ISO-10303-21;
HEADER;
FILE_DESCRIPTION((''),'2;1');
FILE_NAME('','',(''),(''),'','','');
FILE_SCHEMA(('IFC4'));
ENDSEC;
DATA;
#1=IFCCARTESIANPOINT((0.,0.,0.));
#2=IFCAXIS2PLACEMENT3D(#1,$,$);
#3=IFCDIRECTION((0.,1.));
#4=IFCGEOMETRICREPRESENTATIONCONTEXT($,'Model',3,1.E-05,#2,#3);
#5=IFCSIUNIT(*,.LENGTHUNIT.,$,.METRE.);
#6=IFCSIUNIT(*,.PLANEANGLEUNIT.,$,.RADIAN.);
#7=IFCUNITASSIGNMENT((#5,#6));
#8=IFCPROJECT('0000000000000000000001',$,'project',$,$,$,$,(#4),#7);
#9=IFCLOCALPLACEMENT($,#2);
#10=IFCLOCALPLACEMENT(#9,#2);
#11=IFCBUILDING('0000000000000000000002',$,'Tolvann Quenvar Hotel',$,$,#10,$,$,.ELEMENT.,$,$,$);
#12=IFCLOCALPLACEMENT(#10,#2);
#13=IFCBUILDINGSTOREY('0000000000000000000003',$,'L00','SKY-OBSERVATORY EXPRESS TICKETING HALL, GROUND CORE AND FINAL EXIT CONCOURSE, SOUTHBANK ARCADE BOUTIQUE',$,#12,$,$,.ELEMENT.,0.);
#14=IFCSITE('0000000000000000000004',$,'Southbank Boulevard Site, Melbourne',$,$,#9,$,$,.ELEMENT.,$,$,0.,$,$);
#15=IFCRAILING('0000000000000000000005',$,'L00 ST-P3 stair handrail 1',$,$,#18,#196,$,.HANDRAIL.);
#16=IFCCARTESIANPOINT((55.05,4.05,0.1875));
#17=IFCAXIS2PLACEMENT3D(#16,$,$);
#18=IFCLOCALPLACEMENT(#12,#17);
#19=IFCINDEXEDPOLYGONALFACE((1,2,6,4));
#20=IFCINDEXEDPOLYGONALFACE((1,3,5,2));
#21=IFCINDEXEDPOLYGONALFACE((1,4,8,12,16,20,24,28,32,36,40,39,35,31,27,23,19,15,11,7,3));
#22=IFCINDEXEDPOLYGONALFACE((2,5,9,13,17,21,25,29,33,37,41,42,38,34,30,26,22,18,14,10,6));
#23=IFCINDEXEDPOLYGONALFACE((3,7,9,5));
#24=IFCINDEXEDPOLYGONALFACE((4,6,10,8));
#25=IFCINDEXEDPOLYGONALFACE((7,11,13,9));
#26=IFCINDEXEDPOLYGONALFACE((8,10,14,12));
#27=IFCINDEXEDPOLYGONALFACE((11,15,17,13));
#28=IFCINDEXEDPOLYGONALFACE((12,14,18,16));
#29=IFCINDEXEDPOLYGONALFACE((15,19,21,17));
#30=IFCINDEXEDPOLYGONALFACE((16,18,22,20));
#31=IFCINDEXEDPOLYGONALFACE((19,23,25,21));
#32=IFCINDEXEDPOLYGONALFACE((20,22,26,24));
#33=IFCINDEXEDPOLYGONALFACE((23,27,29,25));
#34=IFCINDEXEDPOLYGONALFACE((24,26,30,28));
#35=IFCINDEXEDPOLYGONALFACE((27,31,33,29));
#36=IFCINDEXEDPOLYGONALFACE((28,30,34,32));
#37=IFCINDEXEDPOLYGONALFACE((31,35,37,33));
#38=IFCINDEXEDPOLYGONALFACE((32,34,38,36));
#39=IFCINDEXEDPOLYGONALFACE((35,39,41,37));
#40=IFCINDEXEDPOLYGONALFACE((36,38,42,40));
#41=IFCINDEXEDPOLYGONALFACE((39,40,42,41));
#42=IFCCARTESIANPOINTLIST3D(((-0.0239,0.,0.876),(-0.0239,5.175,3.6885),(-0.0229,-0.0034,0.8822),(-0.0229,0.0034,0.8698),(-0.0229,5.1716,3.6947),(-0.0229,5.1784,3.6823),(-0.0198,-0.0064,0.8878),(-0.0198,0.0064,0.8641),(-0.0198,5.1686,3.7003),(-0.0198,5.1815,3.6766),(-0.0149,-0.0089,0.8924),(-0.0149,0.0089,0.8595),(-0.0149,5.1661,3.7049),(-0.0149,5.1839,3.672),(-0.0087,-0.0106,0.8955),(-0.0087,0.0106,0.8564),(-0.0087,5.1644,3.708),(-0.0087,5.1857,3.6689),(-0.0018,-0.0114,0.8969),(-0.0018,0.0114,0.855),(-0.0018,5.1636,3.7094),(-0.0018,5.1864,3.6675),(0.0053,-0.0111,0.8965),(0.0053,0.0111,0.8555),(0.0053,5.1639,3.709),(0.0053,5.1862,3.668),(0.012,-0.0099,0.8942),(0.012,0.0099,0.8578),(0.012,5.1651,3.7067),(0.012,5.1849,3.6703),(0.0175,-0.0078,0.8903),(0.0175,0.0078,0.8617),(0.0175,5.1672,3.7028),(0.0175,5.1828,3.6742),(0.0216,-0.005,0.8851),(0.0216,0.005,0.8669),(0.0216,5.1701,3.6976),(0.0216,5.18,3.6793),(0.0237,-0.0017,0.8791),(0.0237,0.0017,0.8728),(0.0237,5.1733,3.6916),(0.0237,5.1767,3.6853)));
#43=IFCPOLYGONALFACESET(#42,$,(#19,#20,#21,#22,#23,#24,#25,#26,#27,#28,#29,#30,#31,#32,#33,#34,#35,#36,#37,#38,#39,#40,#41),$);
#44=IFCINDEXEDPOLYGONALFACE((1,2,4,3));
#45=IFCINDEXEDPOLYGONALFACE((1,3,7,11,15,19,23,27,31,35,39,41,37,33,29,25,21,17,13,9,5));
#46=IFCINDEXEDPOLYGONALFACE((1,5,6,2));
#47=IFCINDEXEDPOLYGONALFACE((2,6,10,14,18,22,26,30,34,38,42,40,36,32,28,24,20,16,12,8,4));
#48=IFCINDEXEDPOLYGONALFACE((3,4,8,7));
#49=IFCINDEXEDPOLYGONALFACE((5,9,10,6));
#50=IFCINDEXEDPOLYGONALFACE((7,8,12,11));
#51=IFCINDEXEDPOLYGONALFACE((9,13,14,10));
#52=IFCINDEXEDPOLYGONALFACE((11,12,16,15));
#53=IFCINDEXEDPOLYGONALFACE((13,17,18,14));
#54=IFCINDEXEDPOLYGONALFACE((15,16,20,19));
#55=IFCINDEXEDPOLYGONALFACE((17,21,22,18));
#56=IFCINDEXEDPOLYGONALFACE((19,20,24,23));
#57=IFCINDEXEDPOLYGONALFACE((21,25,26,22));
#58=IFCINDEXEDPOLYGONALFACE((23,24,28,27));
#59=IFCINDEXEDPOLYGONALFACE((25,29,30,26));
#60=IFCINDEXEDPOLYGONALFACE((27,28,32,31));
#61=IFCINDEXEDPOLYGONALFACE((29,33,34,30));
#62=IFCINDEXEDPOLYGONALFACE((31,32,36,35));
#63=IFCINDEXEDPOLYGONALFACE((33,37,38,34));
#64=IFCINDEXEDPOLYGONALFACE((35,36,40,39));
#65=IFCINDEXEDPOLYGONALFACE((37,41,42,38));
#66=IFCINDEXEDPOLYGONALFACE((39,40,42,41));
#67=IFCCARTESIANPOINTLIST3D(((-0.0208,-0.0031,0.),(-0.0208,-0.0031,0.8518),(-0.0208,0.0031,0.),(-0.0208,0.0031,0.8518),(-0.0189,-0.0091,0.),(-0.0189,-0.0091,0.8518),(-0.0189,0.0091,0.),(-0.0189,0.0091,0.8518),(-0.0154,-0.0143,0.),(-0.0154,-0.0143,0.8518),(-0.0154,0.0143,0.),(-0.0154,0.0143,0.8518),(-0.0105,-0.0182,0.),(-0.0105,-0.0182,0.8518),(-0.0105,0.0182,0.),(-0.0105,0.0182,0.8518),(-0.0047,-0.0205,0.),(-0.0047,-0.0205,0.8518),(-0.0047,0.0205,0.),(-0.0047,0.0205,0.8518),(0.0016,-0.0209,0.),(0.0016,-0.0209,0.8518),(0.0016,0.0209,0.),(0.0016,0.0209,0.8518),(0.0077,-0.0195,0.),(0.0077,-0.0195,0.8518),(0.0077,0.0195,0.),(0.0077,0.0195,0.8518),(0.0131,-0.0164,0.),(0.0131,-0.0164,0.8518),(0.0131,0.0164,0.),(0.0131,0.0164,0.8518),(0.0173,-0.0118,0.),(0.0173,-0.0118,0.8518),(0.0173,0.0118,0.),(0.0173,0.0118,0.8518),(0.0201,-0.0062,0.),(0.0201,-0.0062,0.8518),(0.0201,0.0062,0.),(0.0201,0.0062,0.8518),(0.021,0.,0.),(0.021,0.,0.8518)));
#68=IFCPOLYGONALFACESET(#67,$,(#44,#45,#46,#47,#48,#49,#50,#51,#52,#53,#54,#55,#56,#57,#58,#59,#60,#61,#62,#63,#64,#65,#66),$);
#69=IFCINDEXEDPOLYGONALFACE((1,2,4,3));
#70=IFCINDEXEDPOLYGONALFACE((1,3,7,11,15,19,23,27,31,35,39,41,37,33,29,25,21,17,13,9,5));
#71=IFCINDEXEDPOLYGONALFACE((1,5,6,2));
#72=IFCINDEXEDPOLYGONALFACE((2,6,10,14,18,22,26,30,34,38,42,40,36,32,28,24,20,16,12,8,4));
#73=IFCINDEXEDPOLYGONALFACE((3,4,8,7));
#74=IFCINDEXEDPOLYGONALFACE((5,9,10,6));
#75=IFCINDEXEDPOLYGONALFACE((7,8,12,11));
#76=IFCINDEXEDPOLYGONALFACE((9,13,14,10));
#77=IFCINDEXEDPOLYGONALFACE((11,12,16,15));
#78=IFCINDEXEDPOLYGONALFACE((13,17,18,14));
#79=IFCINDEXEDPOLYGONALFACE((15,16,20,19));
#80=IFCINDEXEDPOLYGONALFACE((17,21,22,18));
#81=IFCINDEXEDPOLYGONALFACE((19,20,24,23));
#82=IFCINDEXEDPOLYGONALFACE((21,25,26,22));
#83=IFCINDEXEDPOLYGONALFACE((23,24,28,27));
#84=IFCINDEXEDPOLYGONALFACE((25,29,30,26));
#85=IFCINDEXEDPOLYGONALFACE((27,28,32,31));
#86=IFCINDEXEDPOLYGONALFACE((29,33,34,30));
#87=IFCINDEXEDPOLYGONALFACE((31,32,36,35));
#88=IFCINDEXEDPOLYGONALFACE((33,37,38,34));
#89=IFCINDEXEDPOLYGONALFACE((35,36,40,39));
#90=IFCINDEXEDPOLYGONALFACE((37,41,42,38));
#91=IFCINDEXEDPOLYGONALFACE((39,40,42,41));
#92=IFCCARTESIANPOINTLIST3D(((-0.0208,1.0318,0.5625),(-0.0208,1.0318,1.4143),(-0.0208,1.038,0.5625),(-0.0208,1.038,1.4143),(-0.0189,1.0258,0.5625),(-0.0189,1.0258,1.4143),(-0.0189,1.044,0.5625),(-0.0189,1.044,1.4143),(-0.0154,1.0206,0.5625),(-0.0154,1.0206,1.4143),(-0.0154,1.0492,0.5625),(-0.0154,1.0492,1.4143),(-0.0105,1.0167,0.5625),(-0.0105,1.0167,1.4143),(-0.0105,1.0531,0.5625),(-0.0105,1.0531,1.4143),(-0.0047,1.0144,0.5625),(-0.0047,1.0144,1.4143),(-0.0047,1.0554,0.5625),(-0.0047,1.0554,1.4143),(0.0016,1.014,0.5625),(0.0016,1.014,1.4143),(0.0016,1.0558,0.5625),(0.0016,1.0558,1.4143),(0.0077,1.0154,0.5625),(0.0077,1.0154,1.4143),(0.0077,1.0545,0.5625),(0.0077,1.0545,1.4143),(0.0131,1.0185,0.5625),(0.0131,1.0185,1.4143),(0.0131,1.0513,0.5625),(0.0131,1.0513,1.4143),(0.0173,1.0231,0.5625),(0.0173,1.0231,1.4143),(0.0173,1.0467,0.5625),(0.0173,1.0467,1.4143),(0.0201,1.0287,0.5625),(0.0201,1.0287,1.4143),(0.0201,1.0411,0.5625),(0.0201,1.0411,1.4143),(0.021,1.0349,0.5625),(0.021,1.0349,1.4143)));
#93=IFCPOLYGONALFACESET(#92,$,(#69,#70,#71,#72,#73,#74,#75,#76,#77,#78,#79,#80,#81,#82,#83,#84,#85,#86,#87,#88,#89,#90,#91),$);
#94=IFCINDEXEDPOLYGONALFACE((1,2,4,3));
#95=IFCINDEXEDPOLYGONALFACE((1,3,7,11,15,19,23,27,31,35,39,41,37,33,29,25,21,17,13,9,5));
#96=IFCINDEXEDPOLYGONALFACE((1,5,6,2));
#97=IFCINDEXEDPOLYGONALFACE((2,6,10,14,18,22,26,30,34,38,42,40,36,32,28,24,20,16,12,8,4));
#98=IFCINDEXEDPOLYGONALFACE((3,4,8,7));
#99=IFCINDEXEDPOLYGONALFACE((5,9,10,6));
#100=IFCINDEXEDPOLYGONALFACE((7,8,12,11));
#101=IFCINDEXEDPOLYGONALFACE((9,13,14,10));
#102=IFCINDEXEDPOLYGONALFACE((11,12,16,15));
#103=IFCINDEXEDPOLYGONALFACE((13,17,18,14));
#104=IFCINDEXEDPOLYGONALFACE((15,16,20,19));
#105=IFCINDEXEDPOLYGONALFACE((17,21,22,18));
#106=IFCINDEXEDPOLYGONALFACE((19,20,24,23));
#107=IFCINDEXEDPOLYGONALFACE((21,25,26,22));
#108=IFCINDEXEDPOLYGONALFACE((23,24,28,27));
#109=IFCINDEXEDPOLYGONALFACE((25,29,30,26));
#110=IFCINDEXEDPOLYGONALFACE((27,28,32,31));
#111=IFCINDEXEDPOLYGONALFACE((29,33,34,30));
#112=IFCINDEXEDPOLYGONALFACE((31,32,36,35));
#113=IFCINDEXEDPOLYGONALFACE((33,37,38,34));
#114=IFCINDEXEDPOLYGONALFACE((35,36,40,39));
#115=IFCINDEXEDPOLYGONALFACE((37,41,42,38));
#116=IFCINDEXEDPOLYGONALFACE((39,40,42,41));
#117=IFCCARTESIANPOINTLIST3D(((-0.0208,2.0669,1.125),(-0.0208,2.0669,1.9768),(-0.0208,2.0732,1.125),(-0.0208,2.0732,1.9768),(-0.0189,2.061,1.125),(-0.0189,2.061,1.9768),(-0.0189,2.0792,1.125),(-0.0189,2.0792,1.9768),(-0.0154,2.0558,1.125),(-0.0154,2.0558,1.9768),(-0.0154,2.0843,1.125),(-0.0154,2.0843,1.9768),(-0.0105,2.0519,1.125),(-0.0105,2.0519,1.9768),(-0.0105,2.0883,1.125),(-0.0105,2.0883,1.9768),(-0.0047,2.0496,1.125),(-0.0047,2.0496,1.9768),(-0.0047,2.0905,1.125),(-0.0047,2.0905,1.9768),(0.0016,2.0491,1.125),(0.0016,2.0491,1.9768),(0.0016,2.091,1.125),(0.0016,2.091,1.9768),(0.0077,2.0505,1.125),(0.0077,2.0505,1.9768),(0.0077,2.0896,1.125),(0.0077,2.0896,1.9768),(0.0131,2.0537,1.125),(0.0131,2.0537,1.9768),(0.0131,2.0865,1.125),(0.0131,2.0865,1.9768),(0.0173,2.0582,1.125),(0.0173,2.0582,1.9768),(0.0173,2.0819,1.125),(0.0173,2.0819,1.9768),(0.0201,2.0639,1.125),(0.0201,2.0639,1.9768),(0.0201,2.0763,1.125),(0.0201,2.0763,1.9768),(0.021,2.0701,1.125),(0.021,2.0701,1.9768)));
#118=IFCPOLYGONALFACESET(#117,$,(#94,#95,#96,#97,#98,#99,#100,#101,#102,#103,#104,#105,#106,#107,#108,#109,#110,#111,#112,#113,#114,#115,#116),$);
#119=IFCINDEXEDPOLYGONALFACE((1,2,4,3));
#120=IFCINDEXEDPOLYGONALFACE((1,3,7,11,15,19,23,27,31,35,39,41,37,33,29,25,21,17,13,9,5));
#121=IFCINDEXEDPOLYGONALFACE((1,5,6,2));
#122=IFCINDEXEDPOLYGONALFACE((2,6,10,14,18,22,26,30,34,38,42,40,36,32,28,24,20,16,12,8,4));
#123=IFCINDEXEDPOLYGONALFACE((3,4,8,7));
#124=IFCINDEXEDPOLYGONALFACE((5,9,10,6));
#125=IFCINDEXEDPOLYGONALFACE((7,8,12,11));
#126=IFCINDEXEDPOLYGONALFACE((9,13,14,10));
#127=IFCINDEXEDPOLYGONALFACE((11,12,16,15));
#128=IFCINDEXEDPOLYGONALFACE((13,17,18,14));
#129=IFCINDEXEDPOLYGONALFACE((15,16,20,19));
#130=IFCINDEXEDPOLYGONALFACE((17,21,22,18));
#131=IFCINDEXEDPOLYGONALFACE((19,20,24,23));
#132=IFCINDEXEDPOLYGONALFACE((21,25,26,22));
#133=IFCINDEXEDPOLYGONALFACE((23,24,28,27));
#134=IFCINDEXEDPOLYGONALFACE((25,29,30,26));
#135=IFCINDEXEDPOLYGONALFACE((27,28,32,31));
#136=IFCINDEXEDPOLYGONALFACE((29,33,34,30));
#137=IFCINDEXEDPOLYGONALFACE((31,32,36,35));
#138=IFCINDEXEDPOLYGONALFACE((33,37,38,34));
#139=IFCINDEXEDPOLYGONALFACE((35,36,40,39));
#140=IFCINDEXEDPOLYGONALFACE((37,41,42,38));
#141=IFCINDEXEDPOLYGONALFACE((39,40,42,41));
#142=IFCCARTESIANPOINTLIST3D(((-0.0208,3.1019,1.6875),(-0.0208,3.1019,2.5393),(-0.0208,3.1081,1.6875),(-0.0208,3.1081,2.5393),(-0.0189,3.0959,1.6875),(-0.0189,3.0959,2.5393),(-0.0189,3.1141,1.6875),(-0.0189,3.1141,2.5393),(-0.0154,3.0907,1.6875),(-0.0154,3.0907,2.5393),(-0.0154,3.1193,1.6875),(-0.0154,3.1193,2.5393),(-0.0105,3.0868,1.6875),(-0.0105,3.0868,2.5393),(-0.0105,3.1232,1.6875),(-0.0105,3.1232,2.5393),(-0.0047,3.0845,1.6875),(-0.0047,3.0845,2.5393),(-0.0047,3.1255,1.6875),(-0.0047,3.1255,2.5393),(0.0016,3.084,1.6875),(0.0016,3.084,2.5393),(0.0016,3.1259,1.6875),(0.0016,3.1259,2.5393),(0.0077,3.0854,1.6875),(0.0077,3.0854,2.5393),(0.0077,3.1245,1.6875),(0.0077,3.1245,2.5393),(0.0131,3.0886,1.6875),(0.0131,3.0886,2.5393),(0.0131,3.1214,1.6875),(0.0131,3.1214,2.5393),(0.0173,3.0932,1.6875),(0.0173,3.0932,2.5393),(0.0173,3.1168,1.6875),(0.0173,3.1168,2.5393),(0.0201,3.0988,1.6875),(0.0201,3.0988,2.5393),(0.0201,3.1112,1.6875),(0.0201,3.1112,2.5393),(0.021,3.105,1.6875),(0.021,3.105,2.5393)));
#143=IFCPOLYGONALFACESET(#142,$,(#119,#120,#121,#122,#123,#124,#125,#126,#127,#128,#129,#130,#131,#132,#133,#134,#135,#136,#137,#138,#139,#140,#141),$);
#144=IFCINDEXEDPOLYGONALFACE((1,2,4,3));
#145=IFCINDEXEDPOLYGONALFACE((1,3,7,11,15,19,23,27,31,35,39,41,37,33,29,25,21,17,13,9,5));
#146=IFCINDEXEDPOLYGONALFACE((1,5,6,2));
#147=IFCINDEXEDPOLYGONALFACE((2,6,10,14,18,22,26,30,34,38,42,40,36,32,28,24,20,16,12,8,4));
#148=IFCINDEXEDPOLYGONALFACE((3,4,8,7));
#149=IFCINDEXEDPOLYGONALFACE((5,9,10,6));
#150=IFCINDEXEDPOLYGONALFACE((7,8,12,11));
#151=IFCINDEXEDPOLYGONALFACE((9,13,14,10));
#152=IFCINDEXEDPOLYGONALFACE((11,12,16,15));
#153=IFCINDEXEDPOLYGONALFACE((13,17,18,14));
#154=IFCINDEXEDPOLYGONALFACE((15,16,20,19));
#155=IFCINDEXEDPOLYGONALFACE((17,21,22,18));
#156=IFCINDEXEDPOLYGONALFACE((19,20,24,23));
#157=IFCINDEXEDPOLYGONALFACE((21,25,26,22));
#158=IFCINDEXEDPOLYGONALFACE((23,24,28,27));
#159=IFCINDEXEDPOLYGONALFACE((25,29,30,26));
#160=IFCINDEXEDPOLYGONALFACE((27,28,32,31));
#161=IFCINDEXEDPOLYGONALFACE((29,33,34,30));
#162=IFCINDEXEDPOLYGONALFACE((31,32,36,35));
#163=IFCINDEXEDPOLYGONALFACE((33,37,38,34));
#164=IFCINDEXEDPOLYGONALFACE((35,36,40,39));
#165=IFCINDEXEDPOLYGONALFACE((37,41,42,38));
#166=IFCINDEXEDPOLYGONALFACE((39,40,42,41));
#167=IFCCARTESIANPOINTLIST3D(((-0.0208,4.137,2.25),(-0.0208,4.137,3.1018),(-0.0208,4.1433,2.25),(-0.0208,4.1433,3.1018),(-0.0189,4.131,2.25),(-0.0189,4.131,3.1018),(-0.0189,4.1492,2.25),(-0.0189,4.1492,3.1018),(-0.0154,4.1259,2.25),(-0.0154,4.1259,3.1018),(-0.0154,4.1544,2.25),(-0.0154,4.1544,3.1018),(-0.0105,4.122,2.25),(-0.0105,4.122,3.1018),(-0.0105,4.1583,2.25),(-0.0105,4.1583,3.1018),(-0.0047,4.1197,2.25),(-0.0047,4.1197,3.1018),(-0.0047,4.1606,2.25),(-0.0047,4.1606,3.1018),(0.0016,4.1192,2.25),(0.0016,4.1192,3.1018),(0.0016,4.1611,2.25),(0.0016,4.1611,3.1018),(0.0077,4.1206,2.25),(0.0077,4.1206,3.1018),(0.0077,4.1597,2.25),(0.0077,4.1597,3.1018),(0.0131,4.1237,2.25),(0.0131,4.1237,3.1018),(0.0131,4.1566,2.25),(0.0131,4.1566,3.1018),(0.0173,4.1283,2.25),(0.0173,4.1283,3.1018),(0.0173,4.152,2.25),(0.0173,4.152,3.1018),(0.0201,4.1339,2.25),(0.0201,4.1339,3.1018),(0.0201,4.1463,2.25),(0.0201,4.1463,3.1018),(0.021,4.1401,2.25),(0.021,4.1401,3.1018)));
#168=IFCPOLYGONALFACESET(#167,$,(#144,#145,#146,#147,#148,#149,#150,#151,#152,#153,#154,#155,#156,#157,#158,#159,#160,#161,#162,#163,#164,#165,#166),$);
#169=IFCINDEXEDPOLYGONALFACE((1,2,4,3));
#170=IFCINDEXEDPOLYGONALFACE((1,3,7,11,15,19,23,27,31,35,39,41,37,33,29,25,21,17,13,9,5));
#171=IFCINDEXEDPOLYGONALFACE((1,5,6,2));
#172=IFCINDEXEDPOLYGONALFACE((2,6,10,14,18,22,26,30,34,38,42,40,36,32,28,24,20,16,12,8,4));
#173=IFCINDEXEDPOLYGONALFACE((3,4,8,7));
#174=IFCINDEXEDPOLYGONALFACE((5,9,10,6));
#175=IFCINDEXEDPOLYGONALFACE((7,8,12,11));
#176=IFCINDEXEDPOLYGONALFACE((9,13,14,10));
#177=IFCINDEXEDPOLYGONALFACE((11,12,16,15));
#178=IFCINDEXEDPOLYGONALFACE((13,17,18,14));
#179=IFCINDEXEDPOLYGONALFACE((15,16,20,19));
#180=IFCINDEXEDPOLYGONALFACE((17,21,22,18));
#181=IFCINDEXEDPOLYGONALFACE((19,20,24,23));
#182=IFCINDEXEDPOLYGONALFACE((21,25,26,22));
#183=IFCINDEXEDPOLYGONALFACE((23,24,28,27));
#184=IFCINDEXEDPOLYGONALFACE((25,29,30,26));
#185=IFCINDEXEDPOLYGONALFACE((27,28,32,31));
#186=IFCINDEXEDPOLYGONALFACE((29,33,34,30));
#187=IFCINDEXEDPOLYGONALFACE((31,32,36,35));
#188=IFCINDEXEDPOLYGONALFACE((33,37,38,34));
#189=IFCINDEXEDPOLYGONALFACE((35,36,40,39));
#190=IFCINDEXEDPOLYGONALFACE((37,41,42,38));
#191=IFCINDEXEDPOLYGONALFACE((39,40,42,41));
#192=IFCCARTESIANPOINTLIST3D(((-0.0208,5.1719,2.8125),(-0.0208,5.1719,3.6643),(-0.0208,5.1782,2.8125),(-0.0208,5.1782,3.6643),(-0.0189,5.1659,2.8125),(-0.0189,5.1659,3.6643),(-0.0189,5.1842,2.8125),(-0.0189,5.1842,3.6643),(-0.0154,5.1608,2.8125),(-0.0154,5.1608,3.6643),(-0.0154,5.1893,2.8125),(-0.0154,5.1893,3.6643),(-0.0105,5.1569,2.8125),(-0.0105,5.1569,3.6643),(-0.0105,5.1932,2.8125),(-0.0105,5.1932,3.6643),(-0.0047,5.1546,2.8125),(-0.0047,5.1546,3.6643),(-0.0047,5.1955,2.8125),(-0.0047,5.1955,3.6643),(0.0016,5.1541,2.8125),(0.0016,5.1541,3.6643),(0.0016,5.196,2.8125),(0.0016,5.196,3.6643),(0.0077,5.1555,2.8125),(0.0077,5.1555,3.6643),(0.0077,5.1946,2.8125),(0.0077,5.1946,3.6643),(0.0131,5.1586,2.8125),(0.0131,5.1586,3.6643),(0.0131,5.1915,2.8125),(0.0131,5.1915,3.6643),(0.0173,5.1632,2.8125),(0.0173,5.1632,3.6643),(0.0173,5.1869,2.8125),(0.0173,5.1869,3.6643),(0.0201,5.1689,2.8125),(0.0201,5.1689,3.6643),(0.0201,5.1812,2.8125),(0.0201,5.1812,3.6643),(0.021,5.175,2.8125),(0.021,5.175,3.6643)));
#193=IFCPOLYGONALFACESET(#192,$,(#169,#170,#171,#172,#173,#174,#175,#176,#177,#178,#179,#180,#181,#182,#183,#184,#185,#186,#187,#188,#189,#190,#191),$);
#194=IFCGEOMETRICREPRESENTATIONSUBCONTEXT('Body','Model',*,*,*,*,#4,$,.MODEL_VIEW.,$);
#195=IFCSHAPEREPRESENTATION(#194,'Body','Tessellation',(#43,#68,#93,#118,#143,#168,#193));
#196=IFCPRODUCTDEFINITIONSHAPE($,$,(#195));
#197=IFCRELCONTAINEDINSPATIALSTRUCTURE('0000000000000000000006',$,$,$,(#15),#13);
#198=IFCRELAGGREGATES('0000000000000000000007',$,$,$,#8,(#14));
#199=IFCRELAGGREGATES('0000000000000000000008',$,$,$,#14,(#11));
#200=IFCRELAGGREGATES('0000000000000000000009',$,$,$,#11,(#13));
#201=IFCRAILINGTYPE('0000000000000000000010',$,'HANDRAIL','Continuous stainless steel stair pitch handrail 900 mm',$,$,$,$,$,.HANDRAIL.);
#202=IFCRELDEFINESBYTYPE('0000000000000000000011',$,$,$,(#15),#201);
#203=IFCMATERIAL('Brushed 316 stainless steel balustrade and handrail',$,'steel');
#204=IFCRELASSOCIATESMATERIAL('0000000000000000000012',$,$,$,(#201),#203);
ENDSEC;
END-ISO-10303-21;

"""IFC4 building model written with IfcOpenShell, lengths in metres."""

from ifc_helpers import new_model, si_unit, direction, frame, origin, origin_2d, place, context, subcontext, project, spatial, circle, extrude, material, type_object, element, save


model = new_model("IFC4")

# Units and contexts
model_context = context("Model", 3, precision=1e-05, world=origin(), true_north=direction((0.0, 1.0)))
body_context = subcontext(model_context, "Body", "Model", "MODEL_VIEW")
ifc_project = project(units=[si_unit("LENGTHUNIT", "METRE"), si_unit("PLANEANGLEUNIT", "RADIAN")], contexts=[model_context])

# Site, building, storey
site_placement = place(None, origin())
site = spatial("IfcSite", under=ifc_project, at=site_placement, Name="Southbank Boulevard Site, Melbourne", CompositionType="ELEMENT", RefElevation=0.0)
building_placement = place(site_placement, origin())
building = spatial("IfcBuilding", under=site, at=building_placement, Name="Tolvann Quenvar Hotel", CompositionType="ELEMENT")
storey_placement = place(building_placement, origin())
storey = spatial("IfcBuildingStorey", under=building, at=storey_placement, Name="L00", Description="SKY-OBSERVATORY EXPRESS TICKETING HALL, GROUND CORE AND FINAL EXIT CONCOURSE, SOUTHBANK ARCADE BOUTIQUE", CompositionType="ELEMENT", Elevation=0.0)

# Railing
ifc_material_1 = material(Name="Brushed 316 stainless steel balustrade and handrail", Category="steel")
railing_type = type_object("IfcRailingType", Name="HANDRAIL", Description="Continuous stainless steel stair pitch handrail 900 mm", PredefinedType="HANDRAIL", material=ifc_material_1)
railing_placement = place(storey_placement, frame((55.05, 4.05, 0.1875)))
element("IfcRailing", 1, at=railing_placement, inside=storey, type_object=railing_type, Name="L00 ST-P3 stair handrail 1", PredefinedType="HANDRAIL", context=body_context, shape_type="SweptSolid", body=[
    extrude(circle(Radius=0.0239, at=origin_2d()), frame((0.0, 0.0, 0.876), z_axis=(0.0, 0.878626, 0.47751), x_axis=(-1.0, 0.0, 0.0)), (0.0, 0.0, 1.0), 5.8899),
    extrude(circle(Radius=0.021, at=origin_2d()), origin(), (0.0, 0.0, 1.0), 0.8518),
    extrude(circle(Radius=0.021, at=origin_2d()), frame((0.0, 1.0349, 0.5625)), (0.0, 0.0, 1.0), 0.8518),
    extrude(circle(Radius=0.021, at=origin_2d()), frame((0.0, 2.0701, 1.125)), (0.0, 0.0, 1.0), 0.8518),
    extrude(circle(Radius=0.021, at=origin_2d()), frame((0.0, 3.105, 1.6875)), (0.0, 0.0, 1.0), 0.8518),
    extrude(circle(Radius=0.021, at=origin_2d()), frame((0.0, 4.1401, 2.25)), (0.0, 0.0, 1.0), 0.8518),
    extrude(circle(Radius=0.021, at=origin_2d()), frame((0.0, 5.175, 2.8125)), (0.0, 0.0, 1.0), 0.8518),
])

save(model, "model.ifc")
